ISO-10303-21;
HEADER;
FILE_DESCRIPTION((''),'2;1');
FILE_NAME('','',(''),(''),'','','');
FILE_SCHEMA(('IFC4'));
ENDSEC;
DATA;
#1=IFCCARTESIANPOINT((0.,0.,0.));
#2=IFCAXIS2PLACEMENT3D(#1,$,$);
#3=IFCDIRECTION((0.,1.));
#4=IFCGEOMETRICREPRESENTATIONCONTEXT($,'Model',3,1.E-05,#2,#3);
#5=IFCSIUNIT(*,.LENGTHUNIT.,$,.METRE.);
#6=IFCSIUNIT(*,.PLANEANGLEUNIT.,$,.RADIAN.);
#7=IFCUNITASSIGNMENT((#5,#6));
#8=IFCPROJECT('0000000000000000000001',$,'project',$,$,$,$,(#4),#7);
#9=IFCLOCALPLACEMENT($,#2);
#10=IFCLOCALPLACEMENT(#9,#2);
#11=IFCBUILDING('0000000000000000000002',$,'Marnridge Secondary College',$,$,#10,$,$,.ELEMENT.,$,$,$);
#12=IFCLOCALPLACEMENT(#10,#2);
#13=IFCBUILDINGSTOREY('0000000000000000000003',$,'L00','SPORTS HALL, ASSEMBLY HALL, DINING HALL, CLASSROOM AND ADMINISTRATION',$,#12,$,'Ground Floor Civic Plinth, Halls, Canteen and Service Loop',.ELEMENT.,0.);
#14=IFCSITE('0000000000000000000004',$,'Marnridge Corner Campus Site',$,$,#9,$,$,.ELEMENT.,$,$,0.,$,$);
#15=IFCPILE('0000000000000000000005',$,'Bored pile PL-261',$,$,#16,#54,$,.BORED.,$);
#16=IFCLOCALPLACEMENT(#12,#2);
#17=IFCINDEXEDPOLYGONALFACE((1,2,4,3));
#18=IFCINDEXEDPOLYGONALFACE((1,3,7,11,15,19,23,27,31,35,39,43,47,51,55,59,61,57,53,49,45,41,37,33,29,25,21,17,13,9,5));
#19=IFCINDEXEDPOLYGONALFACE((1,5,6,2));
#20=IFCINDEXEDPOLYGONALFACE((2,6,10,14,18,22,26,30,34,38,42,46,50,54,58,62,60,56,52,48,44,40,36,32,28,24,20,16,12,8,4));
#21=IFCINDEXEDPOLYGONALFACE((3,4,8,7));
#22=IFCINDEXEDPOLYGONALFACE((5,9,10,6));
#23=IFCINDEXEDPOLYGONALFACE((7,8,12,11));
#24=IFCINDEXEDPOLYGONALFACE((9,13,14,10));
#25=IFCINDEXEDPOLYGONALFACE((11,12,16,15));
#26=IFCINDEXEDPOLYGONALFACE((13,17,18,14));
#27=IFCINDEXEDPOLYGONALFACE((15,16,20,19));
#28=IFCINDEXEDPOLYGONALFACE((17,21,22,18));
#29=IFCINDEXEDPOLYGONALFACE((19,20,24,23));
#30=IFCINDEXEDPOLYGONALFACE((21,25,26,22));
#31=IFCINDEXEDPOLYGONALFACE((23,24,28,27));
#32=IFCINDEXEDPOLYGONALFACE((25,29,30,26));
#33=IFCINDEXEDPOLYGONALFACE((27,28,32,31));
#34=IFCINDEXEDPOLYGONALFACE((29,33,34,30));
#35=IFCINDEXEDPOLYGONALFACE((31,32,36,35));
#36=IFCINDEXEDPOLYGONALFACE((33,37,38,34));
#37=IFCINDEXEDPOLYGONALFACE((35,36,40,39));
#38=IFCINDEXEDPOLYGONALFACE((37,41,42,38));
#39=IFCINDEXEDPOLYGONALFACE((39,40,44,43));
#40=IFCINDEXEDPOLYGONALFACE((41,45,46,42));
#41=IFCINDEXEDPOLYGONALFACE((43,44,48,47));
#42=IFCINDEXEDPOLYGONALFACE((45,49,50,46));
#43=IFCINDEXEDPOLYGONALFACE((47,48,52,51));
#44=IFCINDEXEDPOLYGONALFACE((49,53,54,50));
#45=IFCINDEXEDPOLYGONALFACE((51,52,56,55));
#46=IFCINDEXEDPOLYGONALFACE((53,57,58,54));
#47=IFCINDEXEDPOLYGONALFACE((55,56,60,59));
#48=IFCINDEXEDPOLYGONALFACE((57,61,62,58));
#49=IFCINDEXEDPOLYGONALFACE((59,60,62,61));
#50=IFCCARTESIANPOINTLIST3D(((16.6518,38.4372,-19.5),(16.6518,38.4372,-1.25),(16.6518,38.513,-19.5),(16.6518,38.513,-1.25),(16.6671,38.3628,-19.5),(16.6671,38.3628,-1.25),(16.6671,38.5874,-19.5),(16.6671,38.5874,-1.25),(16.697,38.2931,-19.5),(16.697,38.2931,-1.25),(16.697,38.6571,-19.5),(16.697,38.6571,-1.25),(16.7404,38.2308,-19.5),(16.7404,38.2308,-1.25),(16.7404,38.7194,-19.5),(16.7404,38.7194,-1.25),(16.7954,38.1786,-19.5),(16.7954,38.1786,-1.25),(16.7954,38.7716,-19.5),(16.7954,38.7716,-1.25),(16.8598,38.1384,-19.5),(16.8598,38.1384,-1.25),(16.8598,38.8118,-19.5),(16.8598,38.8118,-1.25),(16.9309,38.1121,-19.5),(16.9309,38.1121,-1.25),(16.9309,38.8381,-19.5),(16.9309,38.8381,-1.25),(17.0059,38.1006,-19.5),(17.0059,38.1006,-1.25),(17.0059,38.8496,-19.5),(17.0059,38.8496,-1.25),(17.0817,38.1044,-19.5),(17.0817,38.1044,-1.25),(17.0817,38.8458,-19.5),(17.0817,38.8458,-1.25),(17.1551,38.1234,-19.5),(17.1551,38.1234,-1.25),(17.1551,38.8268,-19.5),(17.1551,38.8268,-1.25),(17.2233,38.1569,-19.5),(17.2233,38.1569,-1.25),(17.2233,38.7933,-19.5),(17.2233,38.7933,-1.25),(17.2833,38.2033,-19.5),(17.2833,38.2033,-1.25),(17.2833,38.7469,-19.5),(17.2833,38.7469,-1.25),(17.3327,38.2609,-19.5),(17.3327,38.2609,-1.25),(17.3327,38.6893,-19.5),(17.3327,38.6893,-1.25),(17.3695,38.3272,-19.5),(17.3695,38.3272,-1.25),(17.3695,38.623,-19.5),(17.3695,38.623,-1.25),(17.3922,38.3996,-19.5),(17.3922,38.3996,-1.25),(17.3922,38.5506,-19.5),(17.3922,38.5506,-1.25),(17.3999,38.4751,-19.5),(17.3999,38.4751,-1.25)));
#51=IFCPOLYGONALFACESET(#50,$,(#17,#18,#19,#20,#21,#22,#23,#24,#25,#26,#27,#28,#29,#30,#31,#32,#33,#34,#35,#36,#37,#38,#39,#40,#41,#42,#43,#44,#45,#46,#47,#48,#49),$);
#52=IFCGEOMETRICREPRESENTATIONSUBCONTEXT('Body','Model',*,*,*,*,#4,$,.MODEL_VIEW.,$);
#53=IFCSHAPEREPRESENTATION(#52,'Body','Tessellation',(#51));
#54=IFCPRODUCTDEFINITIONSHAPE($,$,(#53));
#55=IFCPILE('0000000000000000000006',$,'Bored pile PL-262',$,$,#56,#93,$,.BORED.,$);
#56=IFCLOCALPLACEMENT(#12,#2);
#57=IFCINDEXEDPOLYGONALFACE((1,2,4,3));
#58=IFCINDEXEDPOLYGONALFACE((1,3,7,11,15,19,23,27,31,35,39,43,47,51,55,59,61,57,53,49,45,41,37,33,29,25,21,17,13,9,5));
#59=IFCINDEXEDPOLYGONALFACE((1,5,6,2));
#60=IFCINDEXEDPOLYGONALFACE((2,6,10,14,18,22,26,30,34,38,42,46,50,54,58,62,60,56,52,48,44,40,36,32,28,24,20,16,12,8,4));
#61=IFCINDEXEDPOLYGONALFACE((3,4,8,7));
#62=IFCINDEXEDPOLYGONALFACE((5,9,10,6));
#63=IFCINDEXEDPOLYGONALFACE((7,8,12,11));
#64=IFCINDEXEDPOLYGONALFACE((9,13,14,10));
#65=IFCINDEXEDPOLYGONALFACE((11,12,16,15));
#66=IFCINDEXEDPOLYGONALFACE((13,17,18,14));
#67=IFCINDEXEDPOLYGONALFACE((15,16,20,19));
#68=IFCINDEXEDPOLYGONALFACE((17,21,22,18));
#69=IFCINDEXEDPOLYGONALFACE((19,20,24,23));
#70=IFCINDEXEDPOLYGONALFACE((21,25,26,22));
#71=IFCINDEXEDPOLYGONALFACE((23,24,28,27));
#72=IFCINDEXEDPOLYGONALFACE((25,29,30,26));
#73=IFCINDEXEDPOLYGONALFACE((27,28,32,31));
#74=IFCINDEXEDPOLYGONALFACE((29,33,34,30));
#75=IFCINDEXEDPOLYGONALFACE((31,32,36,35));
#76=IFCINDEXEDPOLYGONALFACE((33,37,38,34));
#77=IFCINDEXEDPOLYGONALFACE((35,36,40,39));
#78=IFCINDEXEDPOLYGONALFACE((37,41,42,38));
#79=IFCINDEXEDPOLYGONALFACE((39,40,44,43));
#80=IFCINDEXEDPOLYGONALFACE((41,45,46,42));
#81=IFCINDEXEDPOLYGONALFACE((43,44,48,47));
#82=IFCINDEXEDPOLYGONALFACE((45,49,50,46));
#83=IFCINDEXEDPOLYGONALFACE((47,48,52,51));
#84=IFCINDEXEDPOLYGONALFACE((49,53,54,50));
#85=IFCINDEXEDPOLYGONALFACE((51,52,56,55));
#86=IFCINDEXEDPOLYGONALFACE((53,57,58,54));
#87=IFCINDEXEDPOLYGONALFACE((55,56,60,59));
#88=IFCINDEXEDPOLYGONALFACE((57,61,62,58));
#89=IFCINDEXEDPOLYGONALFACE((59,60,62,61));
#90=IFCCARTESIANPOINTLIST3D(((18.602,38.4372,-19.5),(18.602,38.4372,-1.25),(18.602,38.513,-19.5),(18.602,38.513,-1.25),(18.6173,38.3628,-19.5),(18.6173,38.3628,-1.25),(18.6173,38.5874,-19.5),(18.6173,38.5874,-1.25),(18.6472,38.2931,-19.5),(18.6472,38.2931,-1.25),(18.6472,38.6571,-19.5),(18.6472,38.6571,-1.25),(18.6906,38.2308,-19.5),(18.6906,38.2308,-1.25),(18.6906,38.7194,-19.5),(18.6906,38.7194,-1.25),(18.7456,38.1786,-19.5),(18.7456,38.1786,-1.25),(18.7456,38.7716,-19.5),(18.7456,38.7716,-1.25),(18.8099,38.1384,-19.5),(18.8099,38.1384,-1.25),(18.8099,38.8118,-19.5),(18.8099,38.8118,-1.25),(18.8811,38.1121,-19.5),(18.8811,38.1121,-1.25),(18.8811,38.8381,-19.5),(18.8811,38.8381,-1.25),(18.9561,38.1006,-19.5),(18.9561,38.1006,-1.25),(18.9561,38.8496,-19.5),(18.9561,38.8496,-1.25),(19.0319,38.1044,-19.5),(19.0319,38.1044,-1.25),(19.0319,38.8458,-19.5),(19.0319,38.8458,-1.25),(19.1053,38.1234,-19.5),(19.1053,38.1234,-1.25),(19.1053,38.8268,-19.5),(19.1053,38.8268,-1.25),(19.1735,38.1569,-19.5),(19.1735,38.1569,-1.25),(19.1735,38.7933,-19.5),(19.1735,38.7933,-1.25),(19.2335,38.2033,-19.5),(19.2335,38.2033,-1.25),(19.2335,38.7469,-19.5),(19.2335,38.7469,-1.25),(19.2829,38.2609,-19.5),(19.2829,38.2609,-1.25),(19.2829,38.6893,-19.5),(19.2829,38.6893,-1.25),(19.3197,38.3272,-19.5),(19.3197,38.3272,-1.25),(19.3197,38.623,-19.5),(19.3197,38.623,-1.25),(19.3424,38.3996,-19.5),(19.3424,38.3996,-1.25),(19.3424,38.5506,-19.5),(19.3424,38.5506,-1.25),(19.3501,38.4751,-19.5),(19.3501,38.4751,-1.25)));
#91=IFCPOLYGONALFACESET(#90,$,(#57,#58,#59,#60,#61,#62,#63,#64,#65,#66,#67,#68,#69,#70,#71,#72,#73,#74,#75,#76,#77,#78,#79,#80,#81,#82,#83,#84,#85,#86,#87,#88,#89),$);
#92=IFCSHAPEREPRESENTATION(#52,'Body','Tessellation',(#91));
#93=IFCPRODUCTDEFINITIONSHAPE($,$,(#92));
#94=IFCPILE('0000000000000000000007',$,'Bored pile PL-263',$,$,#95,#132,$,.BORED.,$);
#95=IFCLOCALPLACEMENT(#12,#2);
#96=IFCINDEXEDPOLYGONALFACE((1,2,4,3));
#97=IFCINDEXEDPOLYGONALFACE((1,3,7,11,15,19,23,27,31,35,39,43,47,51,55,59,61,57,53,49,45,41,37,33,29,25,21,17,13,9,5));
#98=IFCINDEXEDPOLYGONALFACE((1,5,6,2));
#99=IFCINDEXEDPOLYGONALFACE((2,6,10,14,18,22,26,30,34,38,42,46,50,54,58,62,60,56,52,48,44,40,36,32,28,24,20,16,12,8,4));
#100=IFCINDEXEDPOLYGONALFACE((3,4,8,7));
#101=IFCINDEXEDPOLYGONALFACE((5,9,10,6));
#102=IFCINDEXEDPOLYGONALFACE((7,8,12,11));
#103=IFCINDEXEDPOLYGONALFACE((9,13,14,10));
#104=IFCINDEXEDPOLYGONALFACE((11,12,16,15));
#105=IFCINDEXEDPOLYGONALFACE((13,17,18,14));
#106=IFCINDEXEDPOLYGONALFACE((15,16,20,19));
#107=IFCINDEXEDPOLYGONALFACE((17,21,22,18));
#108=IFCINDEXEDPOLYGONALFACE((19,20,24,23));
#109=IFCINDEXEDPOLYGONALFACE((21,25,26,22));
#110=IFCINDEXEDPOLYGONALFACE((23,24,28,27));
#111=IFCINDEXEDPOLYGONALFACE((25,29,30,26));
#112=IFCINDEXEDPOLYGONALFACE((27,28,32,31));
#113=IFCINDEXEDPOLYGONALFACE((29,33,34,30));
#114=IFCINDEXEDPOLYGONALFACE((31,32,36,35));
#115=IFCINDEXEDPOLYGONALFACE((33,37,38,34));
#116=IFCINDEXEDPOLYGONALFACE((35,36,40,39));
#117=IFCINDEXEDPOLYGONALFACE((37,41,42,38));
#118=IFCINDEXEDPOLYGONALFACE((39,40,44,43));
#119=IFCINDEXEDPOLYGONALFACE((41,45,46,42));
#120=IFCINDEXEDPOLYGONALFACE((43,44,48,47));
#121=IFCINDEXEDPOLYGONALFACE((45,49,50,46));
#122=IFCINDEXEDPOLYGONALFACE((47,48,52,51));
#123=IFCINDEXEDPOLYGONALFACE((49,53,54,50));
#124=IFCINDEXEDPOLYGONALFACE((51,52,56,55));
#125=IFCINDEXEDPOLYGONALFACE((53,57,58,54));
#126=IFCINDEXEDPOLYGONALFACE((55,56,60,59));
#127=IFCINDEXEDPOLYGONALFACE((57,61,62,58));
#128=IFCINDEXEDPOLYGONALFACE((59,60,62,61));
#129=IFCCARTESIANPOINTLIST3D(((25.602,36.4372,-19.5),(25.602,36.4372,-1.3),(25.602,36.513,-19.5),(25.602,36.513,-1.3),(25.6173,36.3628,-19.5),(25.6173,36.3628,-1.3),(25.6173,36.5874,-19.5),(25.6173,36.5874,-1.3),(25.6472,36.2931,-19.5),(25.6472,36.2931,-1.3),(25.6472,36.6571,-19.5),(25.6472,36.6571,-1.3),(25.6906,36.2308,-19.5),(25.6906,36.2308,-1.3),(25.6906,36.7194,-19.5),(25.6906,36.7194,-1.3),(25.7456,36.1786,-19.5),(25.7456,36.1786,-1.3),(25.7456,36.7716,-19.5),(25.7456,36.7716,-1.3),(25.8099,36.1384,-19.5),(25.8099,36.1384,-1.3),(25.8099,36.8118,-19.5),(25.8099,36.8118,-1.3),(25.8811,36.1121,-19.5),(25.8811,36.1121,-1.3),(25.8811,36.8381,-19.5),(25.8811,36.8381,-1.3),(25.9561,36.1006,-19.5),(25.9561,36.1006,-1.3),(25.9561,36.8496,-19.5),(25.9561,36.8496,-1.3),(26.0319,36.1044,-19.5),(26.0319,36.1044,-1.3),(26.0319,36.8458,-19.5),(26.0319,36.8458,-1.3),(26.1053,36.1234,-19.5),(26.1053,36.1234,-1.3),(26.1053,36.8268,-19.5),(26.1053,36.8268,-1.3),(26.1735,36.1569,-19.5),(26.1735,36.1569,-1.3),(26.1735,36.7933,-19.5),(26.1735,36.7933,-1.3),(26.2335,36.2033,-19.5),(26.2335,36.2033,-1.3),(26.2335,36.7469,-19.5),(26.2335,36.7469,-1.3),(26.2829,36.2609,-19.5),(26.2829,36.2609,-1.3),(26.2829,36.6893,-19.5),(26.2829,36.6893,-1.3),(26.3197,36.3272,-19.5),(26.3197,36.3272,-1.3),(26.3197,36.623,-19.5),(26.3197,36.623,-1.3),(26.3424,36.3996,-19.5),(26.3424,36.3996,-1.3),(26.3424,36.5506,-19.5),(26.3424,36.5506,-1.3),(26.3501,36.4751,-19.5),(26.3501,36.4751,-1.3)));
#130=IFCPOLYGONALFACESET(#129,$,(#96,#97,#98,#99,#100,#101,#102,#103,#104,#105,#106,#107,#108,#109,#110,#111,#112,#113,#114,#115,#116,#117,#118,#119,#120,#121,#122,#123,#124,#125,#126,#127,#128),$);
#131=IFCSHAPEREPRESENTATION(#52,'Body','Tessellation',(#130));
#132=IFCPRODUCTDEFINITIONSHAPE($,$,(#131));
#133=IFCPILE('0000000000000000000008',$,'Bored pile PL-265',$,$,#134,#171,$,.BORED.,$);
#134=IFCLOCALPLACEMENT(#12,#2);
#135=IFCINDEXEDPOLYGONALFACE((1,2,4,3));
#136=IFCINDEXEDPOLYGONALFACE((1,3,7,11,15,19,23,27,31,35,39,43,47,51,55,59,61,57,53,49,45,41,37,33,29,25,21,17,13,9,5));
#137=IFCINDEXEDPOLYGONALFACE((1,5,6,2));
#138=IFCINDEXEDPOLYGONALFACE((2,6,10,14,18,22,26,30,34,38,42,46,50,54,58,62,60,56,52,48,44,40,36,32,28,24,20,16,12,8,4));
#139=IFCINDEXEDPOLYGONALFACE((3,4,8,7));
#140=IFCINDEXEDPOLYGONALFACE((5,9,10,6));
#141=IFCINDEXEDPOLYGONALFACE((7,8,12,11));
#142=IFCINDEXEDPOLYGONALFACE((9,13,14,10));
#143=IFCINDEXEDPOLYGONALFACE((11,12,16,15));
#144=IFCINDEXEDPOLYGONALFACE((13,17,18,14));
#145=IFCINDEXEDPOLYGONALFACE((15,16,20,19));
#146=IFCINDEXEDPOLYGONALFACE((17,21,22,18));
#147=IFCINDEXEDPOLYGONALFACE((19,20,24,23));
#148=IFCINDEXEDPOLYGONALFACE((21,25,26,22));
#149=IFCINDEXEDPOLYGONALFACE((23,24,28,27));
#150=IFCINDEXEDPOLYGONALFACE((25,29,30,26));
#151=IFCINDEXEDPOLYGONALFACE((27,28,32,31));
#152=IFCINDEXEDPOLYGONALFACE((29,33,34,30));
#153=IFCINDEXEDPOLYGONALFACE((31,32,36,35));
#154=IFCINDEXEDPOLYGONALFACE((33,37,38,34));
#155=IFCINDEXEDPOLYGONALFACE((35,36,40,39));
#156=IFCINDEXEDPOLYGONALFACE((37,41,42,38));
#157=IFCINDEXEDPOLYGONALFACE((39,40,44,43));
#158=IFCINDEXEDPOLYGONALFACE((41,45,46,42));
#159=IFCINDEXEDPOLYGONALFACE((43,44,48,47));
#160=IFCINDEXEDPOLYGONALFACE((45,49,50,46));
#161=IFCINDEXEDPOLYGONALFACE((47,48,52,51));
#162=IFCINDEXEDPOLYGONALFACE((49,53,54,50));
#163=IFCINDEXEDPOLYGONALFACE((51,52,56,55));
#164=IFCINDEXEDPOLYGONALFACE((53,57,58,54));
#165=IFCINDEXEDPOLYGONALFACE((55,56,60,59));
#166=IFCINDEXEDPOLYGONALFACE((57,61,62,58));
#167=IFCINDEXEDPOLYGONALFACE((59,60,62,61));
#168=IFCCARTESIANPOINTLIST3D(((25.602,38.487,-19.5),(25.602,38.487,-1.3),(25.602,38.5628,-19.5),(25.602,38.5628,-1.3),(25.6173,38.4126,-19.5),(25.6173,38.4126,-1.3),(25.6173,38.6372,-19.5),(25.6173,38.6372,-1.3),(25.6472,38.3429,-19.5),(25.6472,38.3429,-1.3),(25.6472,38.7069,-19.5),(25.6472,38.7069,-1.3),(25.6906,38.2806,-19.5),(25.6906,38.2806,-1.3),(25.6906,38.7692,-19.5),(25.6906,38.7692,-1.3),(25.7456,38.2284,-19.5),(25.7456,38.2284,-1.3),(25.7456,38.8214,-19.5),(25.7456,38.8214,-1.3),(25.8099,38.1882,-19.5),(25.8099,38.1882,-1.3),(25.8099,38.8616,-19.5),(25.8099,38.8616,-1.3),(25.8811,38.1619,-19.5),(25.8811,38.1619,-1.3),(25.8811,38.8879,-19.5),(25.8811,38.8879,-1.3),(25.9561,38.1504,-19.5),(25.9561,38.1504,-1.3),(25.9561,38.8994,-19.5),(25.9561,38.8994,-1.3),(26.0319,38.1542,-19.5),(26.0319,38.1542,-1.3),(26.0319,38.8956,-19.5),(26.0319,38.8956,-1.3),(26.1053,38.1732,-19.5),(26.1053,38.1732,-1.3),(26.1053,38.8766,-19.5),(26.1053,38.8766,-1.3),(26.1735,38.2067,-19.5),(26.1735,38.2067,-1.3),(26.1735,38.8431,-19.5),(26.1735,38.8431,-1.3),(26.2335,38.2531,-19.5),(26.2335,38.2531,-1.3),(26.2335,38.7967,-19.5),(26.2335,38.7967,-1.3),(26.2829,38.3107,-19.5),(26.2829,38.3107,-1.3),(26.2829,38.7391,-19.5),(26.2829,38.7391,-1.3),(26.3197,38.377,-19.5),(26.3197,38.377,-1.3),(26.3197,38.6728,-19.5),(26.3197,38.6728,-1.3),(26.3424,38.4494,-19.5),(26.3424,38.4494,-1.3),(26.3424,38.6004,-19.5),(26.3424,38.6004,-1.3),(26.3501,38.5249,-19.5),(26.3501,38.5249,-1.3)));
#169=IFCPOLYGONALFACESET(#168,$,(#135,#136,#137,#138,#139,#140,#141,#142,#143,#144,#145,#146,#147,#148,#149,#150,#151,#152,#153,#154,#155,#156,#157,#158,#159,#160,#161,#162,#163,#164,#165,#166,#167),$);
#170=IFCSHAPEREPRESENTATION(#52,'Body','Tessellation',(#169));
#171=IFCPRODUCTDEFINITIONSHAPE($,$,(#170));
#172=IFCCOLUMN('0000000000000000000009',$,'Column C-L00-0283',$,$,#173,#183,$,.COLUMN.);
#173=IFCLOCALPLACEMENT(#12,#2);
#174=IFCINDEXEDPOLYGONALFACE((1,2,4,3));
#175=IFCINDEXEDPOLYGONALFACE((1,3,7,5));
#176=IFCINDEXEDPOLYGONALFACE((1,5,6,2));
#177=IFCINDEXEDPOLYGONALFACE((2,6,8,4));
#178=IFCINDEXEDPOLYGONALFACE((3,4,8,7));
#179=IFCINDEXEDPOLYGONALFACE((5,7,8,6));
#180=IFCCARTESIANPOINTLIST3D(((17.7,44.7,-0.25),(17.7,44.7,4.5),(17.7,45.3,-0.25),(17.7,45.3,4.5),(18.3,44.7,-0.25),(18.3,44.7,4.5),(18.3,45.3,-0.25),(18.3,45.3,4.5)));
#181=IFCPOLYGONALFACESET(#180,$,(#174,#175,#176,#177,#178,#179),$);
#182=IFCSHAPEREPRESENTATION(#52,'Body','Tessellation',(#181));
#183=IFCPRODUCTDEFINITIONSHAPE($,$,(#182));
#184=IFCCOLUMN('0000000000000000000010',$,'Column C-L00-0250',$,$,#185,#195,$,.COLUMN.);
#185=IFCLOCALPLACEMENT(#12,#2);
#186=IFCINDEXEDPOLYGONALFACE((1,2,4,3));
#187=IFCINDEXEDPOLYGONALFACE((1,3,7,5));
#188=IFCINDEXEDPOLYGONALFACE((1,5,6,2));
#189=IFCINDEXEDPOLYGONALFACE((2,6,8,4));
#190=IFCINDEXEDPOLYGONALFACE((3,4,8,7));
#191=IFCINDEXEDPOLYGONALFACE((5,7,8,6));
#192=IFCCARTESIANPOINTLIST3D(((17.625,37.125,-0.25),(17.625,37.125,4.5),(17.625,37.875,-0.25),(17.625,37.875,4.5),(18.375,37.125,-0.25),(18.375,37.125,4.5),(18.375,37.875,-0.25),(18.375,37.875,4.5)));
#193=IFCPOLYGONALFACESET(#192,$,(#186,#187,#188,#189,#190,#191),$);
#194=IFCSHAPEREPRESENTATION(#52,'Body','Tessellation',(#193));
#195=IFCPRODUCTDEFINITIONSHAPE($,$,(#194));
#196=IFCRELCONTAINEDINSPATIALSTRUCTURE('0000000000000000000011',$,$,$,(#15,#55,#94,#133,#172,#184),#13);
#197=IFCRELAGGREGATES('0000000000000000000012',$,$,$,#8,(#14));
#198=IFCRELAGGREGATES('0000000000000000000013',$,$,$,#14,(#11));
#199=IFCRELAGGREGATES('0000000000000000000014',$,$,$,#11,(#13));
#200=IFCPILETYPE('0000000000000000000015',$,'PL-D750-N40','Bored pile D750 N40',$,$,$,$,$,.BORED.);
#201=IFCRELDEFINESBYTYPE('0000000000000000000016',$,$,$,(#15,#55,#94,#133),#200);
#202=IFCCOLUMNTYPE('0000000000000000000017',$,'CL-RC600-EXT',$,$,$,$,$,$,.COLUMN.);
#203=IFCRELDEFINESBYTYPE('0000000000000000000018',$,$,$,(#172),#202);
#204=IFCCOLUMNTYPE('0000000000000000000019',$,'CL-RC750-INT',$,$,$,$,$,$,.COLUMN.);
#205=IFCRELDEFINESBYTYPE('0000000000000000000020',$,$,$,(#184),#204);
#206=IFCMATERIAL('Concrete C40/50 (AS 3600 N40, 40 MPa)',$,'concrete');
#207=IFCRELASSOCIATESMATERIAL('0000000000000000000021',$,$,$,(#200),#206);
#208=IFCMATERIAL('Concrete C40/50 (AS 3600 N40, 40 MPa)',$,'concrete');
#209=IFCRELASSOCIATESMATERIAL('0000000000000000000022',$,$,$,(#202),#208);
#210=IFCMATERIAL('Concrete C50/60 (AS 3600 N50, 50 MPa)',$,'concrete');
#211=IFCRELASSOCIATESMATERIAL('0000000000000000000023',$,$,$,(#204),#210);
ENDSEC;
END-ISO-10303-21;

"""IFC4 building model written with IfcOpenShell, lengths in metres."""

from ifc_helpers import new_model, si_unit, direction, frame, origin, origin_2d, place, context, subcontext, project, spatial, rectangle, circle, extrude, material, material_profile, profile_set, type_object, element, save


model = new_model("IFC4")

# Units and contexts
model_context = context("Model", 3, precision=1e-05, world=origin(), true_north=direction((0.0, 1.0)))
body_context = subcontext(model_context, "Body", "Model", "MODEL_VIEW")
ifc_project = project(units=[si_unit("LENGTHUNIT", "METRE"), si_unit("PLANEANGLEUNIT", "RADIAN")], contexts=[model_context])

# Site, building, storey
site_placement = place(None, origin())
site = spatial("IfcSite", under=ifc_project, at=site_placement, Name="Marnridge Corner Campus Site", CompositionType="ELEMENT", RefElevation=0.0)
building_placement = place(site_placement, origin())
building = spatial("IfcBuilding", under=site, at=building_placement, Name="Marnridge Secondary College", CompositionType="ELEMENT")
storey_placement = place(building_placement, origin())
storey = spatial("IfcBuildingStorey", under=building, at=storey_placement, Name="L00", Description="SPORTS HALL, ASSEMBLY HALL, DINING HALL, CLASSROOM AND ADMINISTRATION", LongName="Ground Floor Civic Plinth, Halls, Canteen and Service Loop", CompositionType="ELEMENT", Elevation=0.0)

# Piles
ifc_material_1 = material(Name="Concrete C40/50 (AS 3600 N40, 40 MPa)", Category="concrete")
ifc_material_profile_1 = material_profile(ifc_material_1, circle(Radius=0.375, at=origin_2d()), Name="PILE D750")
ifc_profile_set_1 = profile_set([ifc_material_profile_1], Name="Concrete C40/50 (AS 3600 N40, 40 MPa)")
pile_type_1 = type_object("IfcPileType", Name="PL-D750-N40", Description="Bored pile D750 N40", PredefinedType="BORED", material=ifc_profile_set_1)
for number, where, z_axis, x_axis, name in (
    (1, (17.0249, 38.4751, -1.25), (0.0, 0.0, -1.0), (1.0, 0.0, 0.0), "Bored pile PL-261"),
    (2, (18.9751, 38.4751, -1.25), (0.0, 0.0, -1.0), (1.0, 0.0, 0.0), "Bored pile PL-262"),
):
    element("IfcPile", number, at=place(storey_placement, frame(where, z_axis=z_axis, x_axis=x_axis)), inside=storey, type_object=pile_type_1, Name=name, PredefinedType="BORED", context=body_context, shape_type="SweptSolid", body=[
        extrude(circle(Radius=0.375, at=origin_2d()), origin(), (0.0, 0.0, 1.0), 18.25),
    ])
for number, where, z_axis, x_axis, name in (
    (3, (25.9751, 36.4751, -1.3), (0.0, 0.0, -1.0), (1.0, 0.0, 0.0), "Bored pile PL-263"),
    (4, (25.9751, 38.5249, -1.3), (0.0, 0.0, -1.0), (1.0, 0.0, 0.0), "Bored pile PL-265"),
):
    element("IfcPile", number, at=place(storey_placement, frame(where, z_axis=z_axis, x_axis=x_axis)), inside=storey, type_object=pile_type_1, Name=name, PredefinedType="BORED", context=body_context, shape_type="SweptSolid", body=[
        extrude(circle(Radius=0.375, at=origin_2d()), origin(), (0.0, 0.0, 1.0), 18.2),
    ])

# Columns
ifc_material_2 = material(Name="Concrete C40/50 (AS 3600 N40, 40 MPa)", Category="concrete")
ifc_material_profile_2 = material_profile(ifc_material_2, rectangle(XDim=0.6001, YDim=0.6001, at=origin_2d()), Name="RC 600x600")
ifc_profile_set_2 = profile_set([ifc_material_profile_2], Name="Concrete C40/50 (AS 3600 N40, 40 MPa)")
column_type_1 = type_object("IfcColumnType", Name="CL-RC600-EXT", PredefinedType="COLUMN", material=ifc_profile_set_2)
column_1_placement = place(storey_placement, frame((18.0, 45.0, -0.25), z_axis=(0.0, 0.0, 1.0), x_axis=(1.0, 0.0, 0.0)))
element("IfcColumn", 5, at=column_1_placement, inside=storey, type_object=column_type_1, Name="Column C-L00-0283", PredefinedType="COLUMN", context=body_context, shape_type="SweptSolid", body=[
    extrude(rectangle(XDim=0.6001, YDim=0.6001, at=origin_2d()), origin(), (0.0, 0.0, 1.0), 4.75),
])
ifc_material_3 = material(Name="Concrete C50/60 (AS 3600 N50, 50 MPa)", Category="concrete")
ifc_material_profile_3 = material_profile(ifc_material_3, rectangle(XDim=0.75, YDim=0.75, at=origin_2d()), Name="RC 750x750")
ifc_profile_set_3 = profile_set([ifc_material_profile_3], Name="Concrete C50/60 (AS 3600 N50, 50 MPa)")
column_type_2 = type_object("IfcColumnType", Name="CL-RC750-INT", PredefinedType="COLUMN", material=ifc_profile_set_3)
column_2_placement = place(storey_placement, frame((18.0, 37.5, -0.25), z_axis=(0.0, 0.0, 1.0), x_axis=(1.0, 0.0, 0.0)))
element("IfcColumn", 6, at=column_2_placement, inside=storey, type_object=column_type_2, Name="Column C-L00-0250", PredefinedType="COLUMN", context=body_context, shape_type="SweptSolid", body=[
    extrude(rectangle(XDim=0.75, YDim=0.75, at=origin_2d()), origin(), (0.0, 0.0, 1.0), 4.75),
])

save(model, "model.ifc")
